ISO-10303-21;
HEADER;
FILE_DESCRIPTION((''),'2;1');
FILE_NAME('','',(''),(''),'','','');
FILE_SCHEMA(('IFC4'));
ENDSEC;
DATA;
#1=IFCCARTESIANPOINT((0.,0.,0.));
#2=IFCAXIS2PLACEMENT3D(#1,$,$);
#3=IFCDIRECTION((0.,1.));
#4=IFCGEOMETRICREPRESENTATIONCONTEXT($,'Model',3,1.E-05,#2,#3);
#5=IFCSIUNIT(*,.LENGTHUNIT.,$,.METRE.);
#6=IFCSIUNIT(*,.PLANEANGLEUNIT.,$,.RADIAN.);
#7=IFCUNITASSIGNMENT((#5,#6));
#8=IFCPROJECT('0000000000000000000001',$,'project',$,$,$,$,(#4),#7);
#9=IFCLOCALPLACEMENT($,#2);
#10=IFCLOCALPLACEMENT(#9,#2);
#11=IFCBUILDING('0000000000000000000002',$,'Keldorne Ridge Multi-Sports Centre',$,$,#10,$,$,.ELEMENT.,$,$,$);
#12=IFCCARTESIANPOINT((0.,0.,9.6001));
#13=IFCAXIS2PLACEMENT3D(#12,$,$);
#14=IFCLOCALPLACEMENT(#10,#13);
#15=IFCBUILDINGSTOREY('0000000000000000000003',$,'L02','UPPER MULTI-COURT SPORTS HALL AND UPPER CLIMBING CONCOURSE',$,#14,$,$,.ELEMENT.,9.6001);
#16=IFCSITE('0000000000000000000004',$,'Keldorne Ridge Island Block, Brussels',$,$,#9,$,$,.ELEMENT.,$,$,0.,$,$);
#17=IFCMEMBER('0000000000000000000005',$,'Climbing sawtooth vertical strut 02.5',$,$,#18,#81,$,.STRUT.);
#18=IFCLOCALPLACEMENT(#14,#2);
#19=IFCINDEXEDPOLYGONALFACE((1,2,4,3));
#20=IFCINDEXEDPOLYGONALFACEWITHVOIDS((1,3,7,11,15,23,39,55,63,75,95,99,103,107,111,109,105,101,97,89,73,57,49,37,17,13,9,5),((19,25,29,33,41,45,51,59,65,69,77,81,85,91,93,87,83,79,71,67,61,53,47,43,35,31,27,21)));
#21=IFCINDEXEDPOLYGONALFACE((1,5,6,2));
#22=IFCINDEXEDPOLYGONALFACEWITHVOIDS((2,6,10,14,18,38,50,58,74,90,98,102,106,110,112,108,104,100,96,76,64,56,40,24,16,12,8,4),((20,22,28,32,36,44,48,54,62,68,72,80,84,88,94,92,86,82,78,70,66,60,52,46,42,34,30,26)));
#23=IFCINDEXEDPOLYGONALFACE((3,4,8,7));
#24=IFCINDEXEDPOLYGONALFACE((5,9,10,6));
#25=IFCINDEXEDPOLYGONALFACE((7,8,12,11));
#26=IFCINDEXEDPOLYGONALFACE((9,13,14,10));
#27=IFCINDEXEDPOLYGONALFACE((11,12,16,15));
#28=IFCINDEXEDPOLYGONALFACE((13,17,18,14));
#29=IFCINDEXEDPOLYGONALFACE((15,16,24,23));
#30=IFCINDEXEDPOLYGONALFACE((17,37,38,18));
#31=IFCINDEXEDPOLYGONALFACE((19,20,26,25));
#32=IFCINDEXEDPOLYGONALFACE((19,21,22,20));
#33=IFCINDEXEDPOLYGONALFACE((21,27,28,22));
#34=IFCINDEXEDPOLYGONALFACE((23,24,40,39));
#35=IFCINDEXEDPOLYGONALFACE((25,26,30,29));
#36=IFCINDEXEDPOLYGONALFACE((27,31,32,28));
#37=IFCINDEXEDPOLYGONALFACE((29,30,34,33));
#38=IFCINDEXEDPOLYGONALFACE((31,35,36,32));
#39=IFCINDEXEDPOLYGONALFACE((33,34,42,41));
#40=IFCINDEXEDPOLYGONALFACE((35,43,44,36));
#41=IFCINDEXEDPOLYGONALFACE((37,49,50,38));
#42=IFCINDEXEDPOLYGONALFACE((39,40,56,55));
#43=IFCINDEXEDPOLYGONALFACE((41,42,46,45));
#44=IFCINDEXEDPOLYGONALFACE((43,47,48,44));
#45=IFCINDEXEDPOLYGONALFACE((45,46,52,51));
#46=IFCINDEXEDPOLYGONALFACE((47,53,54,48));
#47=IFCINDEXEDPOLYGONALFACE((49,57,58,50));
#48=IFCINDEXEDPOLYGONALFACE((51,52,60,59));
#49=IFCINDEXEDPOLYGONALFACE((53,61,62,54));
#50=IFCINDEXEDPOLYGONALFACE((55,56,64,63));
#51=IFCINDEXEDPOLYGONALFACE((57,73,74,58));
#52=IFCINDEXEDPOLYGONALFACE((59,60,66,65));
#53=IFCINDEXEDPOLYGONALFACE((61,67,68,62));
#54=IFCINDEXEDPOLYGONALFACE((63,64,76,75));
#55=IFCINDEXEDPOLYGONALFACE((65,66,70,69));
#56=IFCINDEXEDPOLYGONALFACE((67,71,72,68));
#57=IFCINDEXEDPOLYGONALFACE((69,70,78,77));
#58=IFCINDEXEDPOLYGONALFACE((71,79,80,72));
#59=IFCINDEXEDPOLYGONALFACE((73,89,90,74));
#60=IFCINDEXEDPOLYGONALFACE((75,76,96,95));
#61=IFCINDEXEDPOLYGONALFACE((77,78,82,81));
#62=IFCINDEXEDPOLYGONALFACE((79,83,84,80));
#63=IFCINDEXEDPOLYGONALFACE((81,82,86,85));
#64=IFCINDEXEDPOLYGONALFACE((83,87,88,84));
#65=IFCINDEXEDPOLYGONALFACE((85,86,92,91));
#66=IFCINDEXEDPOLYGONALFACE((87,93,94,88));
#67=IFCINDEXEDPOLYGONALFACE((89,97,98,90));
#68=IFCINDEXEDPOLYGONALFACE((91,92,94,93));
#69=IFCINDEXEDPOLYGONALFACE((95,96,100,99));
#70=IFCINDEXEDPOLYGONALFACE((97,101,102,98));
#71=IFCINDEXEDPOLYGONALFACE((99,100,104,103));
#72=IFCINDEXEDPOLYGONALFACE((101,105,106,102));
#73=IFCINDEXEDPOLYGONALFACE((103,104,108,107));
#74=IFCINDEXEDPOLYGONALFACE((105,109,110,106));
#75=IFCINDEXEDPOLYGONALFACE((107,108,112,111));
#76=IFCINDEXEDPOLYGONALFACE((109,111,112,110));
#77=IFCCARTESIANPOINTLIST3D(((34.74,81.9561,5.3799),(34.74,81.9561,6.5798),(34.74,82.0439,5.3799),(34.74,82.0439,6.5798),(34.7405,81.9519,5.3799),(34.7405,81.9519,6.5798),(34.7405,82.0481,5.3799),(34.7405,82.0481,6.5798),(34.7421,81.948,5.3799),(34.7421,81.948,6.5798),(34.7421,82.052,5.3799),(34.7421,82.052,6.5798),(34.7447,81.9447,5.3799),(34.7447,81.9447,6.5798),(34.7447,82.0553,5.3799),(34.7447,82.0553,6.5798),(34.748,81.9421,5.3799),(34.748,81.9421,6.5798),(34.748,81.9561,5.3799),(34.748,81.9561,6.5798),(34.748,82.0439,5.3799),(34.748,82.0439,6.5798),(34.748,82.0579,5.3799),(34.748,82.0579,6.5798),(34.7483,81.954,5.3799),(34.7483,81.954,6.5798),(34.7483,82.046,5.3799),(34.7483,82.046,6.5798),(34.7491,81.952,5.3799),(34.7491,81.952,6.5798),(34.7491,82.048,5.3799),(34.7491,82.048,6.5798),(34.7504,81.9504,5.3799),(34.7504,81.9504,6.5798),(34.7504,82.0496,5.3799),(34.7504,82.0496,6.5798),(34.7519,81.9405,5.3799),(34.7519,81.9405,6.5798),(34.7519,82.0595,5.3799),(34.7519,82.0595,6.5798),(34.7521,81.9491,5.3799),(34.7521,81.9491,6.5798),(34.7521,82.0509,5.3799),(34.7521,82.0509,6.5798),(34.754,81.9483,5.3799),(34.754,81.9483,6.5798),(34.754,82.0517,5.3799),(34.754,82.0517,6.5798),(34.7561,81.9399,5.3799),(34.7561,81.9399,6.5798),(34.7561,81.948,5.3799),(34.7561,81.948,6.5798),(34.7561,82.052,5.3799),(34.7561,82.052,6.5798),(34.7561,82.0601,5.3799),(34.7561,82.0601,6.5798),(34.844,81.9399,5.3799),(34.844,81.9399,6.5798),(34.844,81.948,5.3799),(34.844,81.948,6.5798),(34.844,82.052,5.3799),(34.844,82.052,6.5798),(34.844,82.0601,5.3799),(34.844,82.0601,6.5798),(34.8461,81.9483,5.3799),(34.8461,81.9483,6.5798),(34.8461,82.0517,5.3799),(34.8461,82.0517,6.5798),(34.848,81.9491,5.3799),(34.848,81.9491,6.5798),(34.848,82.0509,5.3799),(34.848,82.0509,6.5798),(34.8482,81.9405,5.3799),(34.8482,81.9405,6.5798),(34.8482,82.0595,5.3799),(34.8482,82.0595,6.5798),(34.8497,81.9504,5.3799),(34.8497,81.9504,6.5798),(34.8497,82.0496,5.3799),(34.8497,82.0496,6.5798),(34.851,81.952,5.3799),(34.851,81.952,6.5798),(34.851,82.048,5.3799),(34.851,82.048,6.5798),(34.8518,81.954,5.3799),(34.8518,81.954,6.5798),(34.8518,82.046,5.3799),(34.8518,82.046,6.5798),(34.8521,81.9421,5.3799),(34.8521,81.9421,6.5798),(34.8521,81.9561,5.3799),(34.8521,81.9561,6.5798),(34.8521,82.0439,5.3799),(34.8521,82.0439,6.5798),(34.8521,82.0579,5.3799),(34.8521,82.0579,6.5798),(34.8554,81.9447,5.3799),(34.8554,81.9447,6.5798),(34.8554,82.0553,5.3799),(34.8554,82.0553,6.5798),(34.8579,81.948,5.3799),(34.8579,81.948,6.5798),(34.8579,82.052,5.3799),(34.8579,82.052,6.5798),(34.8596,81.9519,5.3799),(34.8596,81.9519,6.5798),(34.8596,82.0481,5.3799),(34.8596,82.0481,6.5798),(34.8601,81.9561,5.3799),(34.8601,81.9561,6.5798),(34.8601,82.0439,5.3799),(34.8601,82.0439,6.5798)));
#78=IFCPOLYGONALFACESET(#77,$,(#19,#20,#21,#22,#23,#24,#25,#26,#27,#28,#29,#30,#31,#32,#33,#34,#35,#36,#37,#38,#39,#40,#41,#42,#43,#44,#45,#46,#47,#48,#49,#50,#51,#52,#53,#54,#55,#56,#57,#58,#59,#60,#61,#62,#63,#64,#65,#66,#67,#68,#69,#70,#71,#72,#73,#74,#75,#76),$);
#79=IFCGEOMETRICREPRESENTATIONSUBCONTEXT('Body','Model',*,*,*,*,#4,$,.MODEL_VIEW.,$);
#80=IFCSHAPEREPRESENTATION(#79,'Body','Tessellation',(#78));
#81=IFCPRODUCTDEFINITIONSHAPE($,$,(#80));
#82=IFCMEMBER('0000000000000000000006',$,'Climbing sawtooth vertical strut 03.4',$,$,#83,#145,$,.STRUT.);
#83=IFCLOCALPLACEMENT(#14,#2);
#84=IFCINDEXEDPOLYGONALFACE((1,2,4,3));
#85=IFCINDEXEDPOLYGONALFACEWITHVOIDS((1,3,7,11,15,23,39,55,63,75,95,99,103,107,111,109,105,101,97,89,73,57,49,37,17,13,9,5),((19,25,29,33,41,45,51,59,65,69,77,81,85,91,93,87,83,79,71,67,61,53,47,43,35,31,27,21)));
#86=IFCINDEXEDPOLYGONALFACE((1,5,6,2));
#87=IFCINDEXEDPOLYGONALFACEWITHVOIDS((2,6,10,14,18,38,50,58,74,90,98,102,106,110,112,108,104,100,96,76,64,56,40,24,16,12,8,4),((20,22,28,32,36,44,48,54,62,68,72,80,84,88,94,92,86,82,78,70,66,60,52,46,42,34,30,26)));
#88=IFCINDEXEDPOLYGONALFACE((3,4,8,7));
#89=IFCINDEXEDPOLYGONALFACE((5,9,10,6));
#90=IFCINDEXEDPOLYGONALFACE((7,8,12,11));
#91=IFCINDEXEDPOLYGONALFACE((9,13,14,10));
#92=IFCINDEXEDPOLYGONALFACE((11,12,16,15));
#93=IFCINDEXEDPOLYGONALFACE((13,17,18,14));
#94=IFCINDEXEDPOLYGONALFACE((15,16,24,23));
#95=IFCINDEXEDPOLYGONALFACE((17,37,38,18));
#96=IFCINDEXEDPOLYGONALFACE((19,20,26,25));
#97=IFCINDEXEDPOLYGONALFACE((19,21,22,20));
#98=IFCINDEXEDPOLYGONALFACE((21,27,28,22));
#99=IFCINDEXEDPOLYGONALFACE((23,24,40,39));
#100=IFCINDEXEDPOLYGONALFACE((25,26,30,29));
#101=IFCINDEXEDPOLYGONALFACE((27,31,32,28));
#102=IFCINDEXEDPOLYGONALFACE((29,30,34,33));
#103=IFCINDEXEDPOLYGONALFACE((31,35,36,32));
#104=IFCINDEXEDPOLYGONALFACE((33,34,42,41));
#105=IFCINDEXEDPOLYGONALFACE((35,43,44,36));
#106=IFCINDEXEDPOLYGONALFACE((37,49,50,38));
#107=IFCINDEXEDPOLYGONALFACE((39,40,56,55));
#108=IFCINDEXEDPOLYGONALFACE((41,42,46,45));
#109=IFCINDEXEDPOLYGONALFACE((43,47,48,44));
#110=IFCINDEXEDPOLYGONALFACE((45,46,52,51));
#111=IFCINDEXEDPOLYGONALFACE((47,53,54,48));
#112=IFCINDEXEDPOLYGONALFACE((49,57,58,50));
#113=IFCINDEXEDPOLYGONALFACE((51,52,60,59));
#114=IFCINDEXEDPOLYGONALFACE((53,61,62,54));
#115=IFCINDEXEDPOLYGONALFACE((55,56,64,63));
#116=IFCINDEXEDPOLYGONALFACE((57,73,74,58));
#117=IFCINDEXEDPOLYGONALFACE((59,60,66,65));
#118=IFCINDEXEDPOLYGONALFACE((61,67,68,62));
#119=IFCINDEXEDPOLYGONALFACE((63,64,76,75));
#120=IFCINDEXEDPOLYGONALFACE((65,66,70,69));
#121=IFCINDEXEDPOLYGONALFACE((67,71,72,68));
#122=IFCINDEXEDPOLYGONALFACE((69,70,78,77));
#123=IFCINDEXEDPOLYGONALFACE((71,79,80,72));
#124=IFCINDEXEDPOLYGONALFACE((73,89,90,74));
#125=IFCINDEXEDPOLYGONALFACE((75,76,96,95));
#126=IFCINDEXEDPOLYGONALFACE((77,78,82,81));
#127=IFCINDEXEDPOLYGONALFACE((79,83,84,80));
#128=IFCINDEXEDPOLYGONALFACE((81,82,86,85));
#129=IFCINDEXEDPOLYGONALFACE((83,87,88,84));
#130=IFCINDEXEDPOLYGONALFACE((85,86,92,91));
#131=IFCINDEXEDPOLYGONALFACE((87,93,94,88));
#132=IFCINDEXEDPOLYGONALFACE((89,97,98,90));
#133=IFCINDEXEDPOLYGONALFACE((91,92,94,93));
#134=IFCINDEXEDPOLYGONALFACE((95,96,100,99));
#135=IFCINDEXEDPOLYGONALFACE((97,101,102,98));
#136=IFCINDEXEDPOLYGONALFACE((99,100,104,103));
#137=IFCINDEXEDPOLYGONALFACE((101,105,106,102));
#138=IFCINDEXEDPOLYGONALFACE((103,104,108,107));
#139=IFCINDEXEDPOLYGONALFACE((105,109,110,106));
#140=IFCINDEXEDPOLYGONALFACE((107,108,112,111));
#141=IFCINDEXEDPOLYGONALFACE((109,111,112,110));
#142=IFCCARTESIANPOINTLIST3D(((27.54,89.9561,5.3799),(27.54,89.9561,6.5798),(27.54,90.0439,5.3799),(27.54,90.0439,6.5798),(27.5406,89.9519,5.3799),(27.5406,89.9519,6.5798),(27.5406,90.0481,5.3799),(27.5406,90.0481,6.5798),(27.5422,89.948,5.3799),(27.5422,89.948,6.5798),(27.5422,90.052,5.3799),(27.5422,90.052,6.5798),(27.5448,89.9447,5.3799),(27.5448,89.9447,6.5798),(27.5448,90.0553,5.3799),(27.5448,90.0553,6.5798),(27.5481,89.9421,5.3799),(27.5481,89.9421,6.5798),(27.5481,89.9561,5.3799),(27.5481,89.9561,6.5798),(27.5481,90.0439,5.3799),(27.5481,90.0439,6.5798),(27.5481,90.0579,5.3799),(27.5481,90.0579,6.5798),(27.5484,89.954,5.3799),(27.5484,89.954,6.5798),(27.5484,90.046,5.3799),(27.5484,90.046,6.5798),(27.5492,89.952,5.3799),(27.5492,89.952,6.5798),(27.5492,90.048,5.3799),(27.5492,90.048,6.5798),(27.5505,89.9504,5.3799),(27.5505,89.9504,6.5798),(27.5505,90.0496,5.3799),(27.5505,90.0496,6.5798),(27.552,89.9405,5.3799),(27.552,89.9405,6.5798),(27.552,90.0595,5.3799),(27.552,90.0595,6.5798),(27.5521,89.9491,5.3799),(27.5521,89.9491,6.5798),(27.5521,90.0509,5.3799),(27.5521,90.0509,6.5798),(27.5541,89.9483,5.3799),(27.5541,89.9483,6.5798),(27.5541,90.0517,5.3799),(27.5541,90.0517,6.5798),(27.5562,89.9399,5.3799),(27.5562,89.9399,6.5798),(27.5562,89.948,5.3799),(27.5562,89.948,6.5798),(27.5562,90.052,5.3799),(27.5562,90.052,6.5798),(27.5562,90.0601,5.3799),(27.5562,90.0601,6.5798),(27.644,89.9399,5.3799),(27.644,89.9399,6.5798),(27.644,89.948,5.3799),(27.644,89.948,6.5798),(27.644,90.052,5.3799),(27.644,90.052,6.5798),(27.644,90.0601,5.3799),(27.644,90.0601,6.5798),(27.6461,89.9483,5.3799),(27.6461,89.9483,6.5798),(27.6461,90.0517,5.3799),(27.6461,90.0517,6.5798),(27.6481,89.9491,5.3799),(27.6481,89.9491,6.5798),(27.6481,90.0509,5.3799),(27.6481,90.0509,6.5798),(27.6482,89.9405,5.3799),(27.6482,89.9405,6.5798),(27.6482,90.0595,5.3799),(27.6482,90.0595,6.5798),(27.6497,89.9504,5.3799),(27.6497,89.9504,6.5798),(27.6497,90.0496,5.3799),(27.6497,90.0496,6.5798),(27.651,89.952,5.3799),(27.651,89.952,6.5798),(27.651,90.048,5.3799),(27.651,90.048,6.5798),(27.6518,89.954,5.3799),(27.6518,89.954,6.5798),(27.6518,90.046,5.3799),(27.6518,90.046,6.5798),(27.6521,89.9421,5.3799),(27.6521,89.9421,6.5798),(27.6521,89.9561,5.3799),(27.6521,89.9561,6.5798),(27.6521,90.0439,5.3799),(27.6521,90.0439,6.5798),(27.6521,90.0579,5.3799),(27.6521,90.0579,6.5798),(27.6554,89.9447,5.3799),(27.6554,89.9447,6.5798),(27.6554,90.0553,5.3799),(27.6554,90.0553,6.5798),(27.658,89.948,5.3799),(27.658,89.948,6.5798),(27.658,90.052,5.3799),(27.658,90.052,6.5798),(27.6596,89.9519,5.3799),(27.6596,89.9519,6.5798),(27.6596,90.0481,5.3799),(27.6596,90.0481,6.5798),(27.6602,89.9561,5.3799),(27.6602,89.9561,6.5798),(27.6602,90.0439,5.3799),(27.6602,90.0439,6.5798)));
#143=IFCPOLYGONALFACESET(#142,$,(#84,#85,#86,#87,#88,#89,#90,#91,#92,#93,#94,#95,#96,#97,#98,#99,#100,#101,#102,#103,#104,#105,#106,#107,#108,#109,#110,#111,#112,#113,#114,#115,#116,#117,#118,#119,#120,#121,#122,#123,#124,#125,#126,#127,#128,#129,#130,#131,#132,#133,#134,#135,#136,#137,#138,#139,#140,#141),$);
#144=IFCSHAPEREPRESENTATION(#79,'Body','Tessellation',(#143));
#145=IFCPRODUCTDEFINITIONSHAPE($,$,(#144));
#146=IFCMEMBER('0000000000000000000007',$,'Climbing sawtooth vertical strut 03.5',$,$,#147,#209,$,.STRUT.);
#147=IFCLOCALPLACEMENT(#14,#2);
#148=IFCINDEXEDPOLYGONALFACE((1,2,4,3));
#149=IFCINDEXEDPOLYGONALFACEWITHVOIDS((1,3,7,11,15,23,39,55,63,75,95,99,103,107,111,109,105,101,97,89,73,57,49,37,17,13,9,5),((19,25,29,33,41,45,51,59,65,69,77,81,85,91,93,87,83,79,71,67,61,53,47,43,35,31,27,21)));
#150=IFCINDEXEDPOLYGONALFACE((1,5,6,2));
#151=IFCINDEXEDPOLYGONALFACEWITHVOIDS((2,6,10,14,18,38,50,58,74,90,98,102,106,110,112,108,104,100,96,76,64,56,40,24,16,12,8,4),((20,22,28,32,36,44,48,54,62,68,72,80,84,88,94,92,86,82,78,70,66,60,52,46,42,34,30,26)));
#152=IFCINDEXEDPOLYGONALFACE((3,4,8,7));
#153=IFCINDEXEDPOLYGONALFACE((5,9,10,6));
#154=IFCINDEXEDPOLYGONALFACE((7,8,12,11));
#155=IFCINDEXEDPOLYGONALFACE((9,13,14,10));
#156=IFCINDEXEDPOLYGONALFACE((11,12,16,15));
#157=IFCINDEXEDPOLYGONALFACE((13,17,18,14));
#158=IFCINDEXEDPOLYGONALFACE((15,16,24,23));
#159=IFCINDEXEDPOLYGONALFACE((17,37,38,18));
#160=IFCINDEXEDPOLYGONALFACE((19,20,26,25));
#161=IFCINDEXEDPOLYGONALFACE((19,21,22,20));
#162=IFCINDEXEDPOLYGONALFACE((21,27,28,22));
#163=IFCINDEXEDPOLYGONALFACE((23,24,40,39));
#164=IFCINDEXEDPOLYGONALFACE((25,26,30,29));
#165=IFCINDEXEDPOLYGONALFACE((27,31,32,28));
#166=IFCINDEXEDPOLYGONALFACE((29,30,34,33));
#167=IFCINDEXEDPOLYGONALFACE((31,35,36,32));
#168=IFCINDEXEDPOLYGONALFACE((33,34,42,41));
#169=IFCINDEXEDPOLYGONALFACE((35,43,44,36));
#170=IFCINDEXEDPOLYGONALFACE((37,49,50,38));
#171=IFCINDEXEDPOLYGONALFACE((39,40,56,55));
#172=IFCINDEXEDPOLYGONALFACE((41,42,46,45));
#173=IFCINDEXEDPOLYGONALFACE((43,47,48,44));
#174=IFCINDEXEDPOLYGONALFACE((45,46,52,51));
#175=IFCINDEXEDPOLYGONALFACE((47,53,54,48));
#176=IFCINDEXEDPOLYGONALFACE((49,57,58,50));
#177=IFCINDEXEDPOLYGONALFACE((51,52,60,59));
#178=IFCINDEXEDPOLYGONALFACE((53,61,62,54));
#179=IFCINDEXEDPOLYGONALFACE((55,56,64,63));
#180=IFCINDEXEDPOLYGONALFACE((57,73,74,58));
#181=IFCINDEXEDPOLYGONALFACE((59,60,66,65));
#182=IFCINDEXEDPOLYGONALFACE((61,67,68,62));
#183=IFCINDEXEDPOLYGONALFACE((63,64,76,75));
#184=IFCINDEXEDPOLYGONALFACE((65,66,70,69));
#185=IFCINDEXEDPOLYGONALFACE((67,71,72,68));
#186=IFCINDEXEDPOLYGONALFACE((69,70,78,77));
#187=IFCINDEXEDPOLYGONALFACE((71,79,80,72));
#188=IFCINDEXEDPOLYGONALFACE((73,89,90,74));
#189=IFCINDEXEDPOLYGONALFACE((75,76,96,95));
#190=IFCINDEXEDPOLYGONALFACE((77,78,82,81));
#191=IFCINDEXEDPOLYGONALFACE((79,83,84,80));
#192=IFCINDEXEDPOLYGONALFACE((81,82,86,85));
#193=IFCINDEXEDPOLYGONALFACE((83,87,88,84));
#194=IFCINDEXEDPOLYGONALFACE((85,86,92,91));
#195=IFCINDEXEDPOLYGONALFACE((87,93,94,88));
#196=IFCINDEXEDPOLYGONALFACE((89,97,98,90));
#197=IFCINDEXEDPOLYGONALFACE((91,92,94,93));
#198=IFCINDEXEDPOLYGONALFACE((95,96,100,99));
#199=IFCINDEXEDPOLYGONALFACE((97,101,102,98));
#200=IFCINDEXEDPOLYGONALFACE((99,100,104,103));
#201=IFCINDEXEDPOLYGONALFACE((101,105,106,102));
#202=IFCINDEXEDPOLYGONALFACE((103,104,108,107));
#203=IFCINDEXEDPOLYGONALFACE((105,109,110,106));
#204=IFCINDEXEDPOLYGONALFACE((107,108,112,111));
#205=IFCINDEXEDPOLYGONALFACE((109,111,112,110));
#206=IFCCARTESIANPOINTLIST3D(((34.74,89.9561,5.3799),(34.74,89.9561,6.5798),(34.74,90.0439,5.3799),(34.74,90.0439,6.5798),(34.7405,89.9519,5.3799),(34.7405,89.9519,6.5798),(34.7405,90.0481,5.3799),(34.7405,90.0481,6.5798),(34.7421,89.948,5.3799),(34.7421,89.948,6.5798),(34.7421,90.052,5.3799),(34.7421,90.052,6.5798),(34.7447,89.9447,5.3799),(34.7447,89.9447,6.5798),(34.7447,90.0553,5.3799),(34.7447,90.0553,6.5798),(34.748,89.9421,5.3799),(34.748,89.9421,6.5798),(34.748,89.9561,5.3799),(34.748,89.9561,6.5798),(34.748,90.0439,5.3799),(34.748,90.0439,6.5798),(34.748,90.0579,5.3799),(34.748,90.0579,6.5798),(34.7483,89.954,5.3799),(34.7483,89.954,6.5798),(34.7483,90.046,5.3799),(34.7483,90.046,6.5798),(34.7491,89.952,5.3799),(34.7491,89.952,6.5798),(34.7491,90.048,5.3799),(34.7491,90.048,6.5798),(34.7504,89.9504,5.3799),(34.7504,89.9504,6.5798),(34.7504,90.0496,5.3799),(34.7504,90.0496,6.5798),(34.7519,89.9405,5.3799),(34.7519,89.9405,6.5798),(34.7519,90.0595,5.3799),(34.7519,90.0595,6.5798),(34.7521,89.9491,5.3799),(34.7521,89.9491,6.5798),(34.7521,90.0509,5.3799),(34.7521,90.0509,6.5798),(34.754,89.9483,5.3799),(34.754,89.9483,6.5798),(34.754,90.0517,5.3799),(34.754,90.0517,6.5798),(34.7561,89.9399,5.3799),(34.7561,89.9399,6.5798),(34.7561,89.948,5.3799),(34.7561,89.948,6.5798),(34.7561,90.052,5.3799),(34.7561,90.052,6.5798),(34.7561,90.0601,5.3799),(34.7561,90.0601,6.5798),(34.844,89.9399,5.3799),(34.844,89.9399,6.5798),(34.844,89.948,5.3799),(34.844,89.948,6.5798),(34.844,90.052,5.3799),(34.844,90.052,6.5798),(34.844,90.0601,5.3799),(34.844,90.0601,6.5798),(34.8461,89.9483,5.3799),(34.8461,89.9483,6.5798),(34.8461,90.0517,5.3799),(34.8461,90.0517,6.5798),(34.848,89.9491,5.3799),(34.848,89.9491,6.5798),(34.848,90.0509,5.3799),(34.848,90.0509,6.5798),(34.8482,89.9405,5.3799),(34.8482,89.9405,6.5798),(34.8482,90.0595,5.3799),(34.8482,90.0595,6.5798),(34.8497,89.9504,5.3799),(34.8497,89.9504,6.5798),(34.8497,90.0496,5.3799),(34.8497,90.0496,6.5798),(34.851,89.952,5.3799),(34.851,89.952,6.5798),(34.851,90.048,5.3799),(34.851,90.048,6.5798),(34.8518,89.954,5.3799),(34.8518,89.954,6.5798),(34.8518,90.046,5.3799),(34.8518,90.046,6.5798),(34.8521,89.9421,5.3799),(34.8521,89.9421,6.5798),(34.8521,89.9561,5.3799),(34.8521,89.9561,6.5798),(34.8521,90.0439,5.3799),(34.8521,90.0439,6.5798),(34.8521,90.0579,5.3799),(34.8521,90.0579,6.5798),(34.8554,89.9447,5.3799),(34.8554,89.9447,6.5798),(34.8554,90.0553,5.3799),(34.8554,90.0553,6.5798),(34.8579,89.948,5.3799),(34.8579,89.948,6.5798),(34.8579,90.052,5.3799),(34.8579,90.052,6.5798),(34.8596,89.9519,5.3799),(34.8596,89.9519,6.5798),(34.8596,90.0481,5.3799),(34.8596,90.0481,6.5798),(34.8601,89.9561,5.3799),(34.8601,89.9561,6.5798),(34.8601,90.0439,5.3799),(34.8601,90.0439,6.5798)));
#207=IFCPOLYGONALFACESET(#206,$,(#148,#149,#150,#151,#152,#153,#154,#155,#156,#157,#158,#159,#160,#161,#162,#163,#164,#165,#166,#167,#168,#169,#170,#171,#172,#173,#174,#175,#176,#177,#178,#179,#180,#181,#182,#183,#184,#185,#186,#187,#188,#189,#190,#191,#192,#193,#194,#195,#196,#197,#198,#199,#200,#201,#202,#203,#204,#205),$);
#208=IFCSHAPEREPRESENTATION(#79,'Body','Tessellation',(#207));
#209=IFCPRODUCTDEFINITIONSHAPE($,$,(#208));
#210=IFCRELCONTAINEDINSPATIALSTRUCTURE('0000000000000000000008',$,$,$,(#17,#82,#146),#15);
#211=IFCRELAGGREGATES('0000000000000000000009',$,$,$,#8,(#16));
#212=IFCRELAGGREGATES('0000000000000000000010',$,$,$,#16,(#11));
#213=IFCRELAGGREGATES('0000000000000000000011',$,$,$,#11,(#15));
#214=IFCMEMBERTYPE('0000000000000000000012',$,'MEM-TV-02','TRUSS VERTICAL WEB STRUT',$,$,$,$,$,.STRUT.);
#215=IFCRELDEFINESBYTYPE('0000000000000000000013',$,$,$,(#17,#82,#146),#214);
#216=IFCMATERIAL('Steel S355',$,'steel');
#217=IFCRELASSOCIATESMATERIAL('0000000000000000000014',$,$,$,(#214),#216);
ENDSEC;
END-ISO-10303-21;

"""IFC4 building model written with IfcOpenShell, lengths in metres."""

from ifc_helpers import new_model, si_unit, direction, frame, origin, origin_2d, place, context, subcontext, project, spatial, hollow_rectangle, extrude, material, material_profile, profile_set, type_object, element, save


model = new_model("IFC4")

# Units and contexts
model_context = context("Model", 3, precision=1e-05, world=origin(), true_north=direction((0.0, 1.0)))
body_context = subcontext(model_context, "Body", "Model", "MODEL_VIEW")
ifc_project = project(units=[si_unit("LENGTHUNIT", "METRE"), si_unit("PLANEANGLEUNIT", "RADIAN")], contexts=[model_context])

# Site, building, storey
site_placement = place(None, origin())
site = spatial("IfcSite", under=ifc_project, at=site_placement, Name="Keldorne Ridge Island Block, Brussels", CompositionType="ELEMENT", RefElevation=0.0)
building_placement = place(site_placement, origin())
building = spatial("IfcBuilding", under=site, at=building_placement, Name="Keldorne Ridge Multi-Sports Centre", CompositionType="ELEMENT")
storey_placement = place(building_placement, frame((0.0, 0.0, 9.6001)))
storey = spatial("IfcBuildingStorey", under=building, at=storey_placement, Name="L02", Description="UPPER MULTI-COURT SPORTS HALL AND UPPER CLIMBING CONCOURSE", CompositionType="ELEMENT", Elevation=9.6001)

# Shared definitions
ifc_material = material(Name="Steel S355", Category="steel")

# Members
ifc_material_profile_1 = material_profile(ifc_material, hollow_rectangle(XDim=0.1201, YDim=0.1201, WallThickness=0.0081, InnerFilletRadius=0.0081, OuterFilletRadius=0.0161, at=origin_2d()), Name="SHS 120x120x8")
ifc_profile_set_1 = profile_set([ifc_material_profile_1], Name="Steel S355")
member_type_1 = type_object("IfcMemberType", Name="MEM-TV-02", Description="TRUSS VERTICAL WEB STRUT", PredefinedType="STRUT", material=ifc_profile_set_1)
for number, where, z_axis, x_axis, name in (
    (1, (34.8, 82.0, 5.3799), (0.0, 0.0, 1.0), (1.0, 0.0, 0.0), "Climbing sawtooth vertical strut 02.5"),
    (2, (27.6001, 90.0, 5.3799), (0.0, 0.0, 1.0), (1.0, 0.0, 0.0), "Climbing sawtooth vertical strut 03.4"),
    (3, (34.8, 90.0, 5.3799), (0.0, 0.0, 1.0), (1.0, 0.0, 0.0), "Climbing sawtooth vertical strut 03.5"),
):
    element("IfcMember", number, at=place(storey_placement, frame(where, z_axis=z_axis, x_axis=x_axis)), inside=storey, type_object=member_type_1, Name=name, PredefinedType="STRUT", context=body_context, shape_type="SweptSolid", body=[
        extrude(hollow_rectangle(XDim=0.1201, YDim=0.1201, WallThickness=0.0081, InnerFilletRadius=0.0081, OuterFilletRadius=0.0161, at=origin_2d()), origin(), (0.0, 0.0, 1.0), 1.2),
    ])

save(model, "model.ifc")
